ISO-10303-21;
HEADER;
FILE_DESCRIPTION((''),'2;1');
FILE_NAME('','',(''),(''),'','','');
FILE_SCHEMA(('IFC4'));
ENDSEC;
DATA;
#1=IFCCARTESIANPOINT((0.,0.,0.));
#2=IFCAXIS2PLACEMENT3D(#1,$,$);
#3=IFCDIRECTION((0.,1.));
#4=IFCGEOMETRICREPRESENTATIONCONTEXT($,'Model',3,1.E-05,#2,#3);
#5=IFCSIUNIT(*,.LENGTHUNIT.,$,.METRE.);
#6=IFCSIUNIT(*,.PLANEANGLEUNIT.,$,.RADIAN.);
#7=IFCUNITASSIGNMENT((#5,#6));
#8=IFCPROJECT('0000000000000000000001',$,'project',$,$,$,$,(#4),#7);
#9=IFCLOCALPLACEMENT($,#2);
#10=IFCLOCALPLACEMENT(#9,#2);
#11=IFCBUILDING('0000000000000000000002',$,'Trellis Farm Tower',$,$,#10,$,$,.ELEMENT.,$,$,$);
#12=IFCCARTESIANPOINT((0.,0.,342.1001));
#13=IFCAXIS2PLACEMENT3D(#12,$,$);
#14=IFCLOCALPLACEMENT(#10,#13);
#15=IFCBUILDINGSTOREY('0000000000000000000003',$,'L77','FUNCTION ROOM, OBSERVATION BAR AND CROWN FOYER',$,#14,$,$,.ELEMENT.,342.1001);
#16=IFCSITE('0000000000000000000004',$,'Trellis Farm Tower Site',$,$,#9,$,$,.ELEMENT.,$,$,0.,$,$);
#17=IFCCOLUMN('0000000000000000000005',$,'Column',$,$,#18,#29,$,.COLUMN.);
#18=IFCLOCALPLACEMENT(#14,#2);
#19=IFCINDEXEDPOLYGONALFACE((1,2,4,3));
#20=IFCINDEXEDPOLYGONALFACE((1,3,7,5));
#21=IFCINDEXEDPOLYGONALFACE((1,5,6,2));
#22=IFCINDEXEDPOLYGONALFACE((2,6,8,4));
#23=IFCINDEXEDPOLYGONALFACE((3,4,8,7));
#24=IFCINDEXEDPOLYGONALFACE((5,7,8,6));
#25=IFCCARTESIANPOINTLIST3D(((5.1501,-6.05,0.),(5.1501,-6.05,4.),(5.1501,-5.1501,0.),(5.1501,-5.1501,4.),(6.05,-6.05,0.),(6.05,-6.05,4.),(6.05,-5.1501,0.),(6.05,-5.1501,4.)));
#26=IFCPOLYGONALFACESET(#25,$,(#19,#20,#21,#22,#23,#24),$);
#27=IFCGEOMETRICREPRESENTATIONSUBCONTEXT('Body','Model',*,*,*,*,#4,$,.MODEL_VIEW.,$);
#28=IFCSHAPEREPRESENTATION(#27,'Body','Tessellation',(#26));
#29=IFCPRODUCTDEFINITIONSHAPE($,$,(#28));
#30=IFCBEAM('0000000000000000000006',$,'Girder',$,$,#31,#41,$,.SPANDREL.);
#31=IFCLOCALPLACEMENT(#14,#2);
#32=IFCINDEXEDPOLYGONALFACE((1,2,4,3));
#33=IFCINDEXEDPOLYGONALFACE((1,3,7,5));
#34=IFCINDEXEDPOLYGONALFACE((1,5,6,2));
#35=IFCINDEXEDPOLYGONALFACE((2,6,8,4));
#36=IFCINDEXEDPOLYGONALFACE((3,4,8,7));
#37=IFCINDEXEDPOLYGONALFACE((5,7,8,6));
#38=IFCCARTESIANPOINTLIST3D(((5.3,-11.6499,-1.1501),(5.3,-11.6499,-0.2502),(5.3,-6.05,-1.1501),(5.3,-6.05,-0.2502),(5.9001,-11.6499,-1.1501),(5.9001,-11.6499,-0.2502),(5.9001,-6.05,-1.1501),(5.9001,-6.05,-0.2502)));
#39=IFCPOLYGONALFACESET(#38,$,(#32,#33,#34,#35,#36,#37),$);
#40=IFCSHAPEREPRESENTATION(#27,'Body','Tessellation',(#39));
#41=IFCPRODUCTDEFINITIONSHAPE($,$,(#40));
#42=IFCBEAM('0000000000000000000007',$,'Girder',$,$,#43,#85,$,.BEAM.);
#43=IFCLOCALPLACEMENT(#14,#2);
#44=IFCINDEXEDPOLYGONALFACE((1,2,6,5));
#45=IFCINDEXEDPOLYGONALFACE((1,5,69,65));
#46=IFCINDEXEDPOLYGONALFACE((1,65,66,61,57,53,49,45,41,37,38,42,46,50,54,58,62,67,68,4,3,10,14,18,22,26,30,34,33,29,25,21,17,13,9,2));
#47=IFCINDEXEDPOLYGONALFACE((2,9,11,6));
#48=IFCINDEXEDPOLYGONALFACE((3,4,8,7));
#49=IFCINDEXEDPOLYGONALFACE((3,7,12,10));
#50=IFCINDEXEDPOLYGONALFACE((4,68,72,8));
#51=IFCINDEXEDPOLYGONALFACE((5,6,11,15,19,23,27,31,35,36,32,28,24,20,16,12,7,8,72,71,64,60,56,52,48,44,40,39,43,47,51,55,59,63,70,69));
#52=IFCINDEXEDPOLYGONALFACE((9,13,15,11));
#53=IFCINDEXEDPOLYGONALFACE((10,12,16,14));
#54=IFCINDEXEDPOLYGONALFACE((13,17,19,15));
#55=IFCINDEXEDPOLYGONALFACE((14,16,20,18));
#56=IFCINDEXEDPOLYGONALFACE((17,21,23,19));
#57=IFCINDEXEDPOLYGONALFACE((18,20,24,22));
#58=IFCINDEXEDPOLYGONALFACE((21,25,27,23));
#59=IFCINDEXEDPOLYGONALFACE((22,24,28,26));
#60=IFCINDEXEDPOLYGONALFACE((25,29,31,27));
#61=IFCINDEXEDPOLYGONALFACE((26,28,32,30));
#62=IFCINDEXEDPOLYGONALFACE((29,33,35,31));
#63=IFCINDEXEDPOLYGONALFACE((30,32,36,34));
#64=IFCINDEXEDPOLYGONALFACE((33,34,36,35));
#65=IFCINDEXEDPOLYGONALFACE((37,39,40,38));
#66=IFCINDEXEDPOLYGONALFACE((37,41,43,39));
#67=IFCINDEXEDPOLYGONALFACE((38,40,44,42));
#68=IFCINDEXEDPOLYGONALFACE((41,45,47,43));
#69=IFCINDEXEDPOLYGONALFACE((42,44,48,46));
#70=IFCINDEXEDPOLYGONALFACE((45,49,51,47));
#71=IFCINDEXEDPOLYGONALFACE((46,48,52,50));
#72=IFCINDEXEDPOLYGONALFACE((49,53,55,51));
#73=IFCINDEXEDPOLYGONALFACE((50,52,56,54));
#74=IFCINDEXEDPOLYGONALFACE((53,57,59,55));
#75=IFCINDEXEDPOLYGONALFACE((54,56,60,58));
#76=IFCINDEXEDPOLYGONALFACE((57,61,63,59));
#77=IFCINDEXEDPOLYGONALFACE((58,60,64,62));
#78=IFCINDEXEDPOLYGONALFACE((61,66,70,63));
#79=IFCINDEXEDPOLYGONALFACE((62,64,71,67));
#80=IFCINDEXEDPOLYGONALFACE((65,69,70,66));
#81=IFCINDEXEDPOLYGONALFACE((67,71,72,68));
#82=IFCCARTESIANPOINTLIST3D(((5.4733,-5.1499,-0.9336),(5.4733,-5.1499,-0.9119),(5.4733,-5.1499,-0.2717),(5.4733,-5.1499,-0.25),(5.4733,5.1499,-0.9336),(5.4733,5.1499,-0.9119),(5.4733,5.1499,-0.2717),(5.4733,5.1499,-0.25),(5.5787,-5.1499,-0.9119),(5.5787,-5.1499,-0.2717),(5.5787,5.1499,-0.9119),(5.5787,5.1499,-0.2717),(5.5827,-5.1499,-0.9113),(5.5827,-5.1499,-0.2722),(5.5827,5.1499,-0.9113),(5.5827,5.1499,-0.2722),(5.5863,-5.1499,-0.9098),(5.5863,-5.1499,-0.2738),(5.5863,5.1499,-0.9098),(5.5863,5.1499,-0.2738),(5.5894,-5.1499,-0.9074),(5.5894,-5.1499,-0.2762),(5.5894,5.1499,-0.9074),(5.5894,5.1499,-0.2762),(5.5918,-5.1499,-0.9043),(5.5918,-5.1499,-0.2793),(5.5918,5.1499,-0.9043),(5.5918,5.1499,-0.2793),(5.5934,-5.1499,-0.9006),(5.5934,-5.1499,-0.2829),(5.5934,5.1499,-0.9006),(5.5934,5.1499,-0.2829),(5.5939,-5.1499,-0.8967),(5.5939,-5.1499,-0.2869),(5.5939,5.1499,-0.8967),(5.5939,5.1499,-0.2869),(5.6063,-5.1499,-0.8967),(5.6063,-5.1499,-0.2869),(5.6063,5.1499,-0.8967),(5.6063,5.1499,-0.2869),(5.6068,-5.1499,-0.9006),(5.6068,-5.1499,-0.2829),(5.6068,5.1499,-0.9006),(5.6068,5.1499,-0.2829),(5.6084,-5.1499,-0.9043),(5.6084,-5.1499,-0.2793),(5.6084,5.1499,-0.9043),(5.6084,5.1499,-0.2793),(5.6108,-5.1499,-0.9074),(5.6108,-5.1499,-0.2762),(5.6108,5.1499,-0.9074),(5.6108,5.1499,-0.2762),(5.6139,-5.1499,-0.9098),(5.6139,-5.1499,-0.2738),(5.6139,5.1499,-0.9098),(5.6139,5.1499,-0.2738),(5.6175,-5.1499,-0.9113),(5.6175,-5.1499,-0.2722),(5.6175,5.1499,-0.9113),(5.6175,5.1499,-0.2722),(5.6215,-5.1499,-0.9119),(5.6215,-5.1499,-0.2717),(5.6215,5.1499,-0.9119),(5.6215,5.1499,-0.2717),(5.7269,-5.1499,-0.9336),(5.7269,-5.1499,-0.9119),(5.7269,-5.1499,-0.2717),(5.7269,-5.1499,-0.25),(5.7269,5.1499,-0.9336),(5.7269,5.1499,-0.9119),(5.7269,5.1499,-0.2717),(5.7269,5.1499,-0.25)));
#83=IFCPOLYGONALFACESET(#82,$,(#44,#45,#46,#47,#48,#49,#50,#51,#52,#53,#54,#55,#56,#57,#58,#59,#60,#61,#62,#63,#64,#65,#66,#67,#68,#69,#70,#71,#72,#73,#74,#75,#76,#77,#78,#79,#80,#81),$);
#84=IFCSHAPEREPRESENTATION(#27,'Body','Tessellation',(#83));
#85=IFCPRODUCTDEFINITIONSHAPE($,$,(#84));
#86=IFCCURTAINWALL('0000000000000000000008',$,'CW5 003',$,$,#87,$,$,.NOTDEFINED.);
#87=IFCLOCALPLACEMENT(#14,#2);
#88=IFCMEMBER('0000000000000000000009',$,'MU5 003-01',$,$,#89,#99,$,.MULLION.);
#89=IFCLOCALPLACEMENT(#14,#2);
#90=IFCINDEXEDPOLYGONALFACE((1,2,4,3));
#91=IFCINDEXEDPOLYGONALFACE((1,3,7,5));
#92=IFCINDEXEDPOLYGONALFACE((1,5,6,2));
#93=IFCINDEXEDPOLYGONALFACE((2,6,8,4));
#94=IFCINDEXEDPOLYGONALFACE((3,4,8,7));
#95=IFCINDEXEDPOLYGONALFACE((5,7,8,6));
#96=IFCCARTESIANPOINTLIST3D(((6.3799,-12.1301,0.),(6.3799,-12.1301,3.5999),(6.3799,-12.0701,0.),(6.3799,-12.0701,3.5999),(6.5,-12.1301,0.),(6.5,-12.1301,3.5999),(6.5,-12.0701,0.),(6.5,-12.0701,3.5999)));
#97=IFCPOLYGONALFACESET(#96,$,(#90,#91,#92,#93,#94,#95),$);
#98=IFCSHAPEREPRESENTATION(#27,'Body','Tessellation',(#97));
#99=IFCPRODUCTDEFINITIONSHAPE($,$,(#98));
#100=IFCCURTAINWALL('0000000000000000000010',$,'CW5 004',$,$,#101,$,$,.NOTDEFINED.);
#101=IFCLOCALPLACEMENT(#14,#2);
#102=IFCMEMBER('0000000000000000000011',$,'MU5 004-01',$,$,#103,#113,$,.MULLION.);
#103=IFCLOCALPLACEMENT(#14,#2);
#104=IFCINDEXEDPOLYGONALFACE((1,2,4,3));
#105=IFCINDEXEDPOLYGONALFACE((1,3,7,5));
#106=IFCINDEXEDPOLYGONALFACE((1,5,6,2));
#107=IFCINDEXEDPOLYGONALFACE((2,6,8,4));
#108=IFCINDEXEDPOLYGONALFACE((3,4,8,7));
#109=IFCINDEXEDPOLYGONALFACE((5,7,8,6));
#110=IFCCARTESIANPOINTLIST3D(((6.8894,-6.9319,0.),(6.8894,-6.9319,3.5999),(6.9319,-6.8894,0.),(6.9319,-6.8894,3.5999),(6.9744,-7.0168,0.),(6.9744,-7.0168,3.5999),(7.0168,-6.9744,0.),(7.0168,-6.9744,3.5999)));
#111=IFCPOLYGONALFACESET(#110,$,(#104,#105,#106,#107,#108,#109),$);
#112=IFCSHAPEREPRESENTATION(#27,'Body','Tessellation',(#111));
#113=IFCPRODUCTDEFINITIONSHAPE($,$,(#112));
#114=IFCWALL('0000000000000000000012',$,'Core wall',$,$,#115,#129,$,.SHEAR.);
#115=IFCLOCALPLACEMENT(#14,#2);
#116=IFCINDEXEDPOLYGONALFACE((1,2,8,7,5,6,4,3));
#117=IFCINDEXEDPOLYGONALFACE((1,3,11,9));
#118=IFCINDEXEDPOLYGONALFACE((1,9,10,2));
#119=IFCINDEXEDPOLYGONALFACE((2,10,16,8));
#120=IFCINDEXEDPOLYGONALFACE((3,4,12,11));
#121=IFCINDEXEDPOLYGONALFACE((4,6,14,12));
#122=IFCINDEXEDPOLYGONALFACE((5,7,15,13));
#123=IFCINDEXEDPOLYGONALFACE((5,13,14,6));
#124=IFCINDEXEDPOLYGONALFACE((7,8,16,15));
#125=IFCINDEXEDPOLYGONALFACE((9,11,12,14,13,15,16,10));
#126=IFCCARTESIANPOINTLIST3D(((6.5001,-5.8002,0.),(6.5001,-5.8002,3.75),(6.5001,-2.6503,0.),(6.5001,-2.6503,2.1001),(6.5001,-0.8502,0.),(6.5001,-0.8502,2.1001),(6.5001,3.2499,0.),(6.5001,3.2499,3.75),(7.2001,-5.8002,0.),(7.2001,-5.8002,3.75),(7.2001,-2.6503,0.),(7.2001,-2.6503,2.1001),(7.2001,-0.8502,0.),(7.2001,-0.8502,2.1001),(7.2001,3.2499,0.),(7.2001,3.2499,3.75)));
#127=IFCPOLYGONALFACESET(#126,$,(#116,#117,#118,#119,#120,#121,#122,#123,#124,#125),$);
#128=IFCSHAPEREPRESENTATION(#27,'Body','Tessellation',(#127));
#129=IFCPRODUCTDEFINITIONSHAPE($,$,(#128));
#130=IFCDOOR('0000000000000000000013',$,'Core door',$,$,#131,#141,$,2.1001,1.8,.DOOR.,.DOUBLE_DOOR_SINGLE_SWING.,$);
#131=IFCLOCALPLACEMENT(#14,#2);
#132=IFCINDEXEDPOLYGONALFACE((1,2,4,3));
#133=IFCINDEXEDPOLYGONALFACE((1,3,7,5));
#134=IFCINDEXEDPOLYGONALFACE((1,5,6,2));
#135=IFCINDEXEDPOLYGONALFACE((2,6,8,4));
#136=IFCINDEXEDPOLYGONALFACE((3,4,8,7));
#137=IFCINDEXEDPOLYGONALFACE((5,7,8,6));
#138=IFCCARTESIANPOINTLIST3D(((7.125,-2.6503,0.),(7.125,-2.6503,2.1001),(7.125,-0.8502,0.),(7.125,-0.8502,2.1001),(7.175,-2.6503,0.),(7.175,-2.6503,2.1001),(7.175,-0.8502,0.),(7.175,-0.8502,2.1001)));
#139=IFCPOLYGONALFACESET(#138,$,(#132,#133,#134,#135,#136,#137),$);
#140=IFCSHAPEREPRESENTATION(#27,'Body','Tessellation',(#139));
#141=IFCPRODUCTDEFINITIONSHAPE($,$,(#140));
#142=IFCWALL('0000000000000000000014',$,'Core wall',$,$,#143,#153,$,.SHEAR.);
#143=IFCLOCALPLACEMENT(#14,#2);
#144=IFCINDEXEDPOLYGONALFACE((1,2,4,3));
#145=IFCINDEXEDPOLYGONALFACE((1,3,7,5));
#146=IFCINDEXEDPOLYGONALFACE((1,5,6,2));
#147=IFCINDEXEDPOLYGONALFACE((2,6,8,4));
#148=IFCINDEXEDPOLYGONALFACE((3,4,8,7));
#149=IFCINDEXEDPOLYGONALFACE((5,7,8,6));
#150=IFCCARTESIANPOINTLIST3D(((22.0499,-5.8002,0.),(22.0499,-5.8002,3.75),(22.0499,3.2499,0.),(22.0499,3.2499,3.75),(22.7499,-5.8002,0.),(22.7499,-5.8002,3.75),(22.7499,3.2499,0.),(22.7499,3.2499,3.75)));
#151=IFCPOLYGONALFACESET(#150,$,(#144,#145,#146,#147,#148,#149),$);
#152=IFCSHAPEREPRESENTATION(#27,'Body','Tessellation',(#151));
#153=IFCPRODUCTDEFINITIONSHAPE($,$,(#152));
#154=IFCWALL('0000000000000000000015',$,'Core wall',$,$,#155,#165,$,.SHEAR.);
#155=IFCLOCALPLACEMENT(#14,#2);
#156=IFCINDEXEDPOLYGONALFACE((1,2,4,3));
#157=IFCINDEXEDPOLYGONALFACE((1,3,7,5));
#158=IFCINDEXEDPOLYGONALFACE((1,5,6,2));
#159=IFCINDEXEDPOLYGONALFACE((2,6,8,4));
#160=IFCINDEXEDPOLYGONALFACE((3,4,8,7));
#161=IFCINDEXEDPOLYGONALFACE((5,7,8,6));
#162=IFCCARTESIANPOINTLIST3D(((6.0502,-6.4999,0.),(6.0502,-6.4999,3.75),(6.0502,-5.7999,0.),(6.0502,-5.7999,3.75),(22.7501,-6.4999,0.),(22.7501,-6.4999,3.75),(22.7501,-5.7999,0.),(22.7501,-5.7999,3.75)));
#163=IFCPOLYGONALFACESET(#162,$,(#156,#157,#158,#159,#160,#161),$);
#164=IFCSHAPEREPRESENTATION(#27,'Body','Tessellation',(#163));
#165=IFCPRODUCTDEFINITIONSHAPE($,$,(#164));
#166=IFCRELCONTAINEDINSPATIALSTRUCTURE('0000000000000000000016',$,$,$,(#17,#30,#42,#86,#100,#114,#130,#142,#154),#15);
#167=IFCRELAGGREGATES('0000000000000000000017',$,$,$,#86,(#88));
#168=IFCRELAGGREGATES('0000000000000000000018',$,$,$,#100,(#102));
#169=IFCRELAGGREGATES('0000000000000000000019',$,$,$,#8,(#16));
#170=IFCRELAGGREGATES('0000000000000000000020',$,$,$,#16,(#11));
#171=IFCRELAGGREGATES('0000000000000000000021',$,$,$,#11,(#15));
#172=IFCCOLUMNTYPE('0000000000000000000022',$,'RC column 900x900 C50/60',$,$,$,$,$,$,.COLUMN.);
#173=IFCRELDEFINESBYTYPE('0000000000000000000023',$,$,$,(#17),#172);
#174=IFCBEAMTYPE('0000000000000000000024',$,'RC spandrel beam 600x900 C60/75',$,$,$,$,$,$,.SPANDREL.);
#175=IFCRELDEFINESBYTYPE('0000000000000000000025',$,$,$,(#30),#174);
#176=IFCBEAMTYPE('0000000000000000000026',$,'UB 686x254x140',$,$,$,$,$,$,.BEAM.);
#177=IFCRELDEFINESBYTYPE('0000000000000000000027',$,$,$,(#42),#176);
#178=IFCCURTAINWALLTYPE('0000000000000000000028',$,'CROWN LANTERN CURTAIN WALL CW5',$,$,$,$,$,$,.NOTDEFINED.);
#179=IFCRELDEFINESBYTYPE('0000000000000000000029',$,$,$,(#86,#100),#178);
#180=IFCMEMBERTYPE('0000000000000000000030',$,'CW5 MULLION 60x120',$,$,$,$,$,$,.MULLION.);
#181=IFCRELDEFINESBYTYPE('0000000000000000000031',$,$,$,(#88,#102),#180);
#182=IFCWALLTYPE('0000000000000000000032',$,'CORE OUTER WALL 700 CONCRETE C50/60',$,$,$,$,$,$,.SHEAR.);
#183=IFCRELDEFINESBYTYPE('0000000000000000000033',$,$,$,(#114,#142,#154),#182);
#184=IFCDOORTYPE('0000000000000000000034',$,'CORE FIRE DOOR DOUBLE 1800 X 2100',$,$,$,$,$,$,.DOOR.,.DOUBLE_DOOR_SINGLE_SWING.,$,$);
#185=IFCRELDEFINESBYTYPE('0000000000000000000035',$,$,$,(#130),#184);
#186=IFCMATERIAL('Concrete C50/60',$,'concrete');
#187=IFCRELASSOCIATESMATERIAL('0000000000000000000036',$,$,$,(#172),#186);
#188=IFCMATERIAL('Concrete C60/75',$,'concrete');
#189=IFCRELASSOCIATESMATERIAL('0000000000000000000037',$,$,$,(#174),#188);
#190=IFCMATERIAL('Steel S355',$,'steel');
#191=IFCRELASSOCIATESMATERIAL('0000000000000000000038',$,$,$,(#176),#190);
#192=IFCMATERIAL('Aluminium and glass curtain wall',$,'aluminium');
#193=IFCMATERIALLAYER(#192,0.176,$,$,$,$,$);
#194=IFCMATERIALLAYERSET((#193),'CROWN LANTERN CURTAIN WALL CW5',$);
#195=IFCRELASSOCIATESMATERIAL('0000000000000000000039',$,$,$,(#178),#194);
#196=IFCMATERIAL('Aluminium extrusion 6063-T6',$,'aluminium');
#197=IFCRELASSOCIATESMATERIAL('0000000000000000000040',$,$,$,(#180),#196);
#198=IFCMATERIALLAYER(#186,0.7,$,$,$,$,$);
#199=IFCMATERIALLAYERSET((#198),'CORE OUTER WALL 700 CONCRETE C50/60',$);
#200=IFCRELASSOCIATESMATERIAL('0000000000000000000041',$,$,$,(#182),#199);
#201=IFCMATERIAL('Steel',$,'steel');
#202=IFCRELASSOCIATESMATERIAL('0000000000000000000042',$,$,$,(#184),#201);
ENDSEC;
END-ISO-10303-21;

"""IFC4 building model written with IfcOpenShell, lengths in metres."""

from ifc_helpers import new_model, si_unit, direction, frame, frame_2d, origin, origin_2d, place, context, subcontext, project, spatial, rectangle, i_section, extrude, source, transform, mapped, material, layer, layer_set, material_profile, profile_set, type_object, element, fill, aggregate, save


model = new_model("IFC4")

# Units and contexts
model_context = context("Model", 3, precision=1e-05, world=origin(), true_north=direction((0.0, 1.0)))
body_context = subcontext(model_context, "Body", "Model", "MODEL_VIEW")
ifc_project = project(units=[si_unit("LENGTHUNIT", "METRE"), si_unit("PLANEANGLEUNIT", "RADIAN")], contexts=[model_context])

# Site, building, storey
site_placement = place(None, origin())
site = spatial("IfcSite", under=ifc_project, at=site_placement, Name="Trellis Farm Tower Site", CompositionType="ELEMENT", RefElevation=0.0)
building_placement = place(site_placement, origin())
building = spatial("IfcBuilding", under=site, at=building_placement, Name="Trellis Farm Tower", CompositionType="ELEMENT")
storey_placement = place(building_placement, frame((0.0, 0.0, 342.1001)))
storey = spatial("IfcBuildingStorey", under=building, at=storey_placement, Name="L77", Description="FUNCTION ROOM, OBSERVATION BAR AND CROWN FOYER", CompositionType="ELEMENT", Elevation=342.1001)

# Column
ifc_material_1 = material(Name="Concrete C50/60", Category="concrete")
ifc_material_profile_1 = material_profile(ifc_material_1, rectangle(XDim=0.8999, YDim=0.8999, at=origin_2d()), Name="RC column 900x900 C50/60")
ifc_profile_set_1 = profile_set([ifc_material_profile_1], Name="Concrete C50/60")
column_type = type_object("IfcColumnType", Name="RC column 900x900 C50/60", PredefinedType="COLUMN", material=ifc_profile_set_1)
shared_shape_1 = source(origin(), body_context, "Body", "SweptSolid", [
    extrude(rectangle(XDim=0.8999, YDim=0.8999, at=origin_2d()), origin(), (0.0, 0.0, 1.0), 4.0),
])
column_placement = place(storey_placement, frame((5.6001, -5.6001, 0.0), z_axis=(0.0, 0.0, 1.0), x_axis=(1.0, 0.0, 0.0)))
element("IfcColumn", 1, at=column_placement, inside=storey, type_object=column_type, Name="Column", PredefinedType="COLUMN", context=body_context, shape_type="MappedRepresentation", body=[
    mapped(shared_shape_1, transform((0.0, 0.0, 0.0))),
])

# Beams
ifc_material_2 = material(Name="Concrete C60/75", Category="concrete")
ifc_material_profile_2 = material_profile(ifc_material_2, rectangle(XDim=0.6001, YDim=0.8999, at=origin_2d()), Name="RC spandrel beam 600x900 C60/75")
ifc_profile_set_2 = profile_set([ifc_material_profile_2], Name="Concrete C60/75")
beam_type_1 = type_object("IfcBeamType", Name="RC spandrel beam 600x900 C60/75", PredefinedType="SPANDREL", material=ifc_profile_set_2)
shared_shape_2 = source(origin(), body_context, "Body", "SweptSolid", [
    extrude(rectangle(XDim=0.6001, YDim=0.8999, at=origin_2d()), origin(), (0.0, 0.0, 1.0), 5.5999),
])
beam_1_placement = place(storey_placement, frame((5.6001, -11.6499, -0.7002), z_axis=(0.0, 1.0, 0.0), x_axis=(-1.0, 0.0, 0.0)))
element("IfcBeam", 2, at=beam_1_placement, inside=storey, type_object=beam_type_1, Name="Girder", PredefinedType="SPANDREL", context=body_context, shape_type="MappedRepresentation", body=[
    mapped(shared_shape_2, transform((0.0, 0.0, 0.0))),
])
ifc_material_3 = material(Name="Steel S355", Category="steel")
ifc_material_profile_3 = material_profile(ifc_material_3, i_section(OverallWidth=0.2537, OverallDepth=0.6836, WebThickness=0.0125, FlangeThickness=0.0217, FilletRadius=0.0151, at=origin_2d()), Name="UB 686x254x140")
ifc_profile_set_3 = profile_set([ifc_material_profile_3], Name="Steel S355")
beam_type_2 = type_object("IfcBeamType", Name="UB 686x254x140", PredefinedType="BEAM", material=ifc_profile_set_3)
shared_shape_3 = source(origin(), body_context, "Body", "SweptSolid", [
    extrude(i_section(OverallWidth=0.2537, OverallDepth=0.6836, WebThickness=0.0125, FlangeThickness=0.0217, FilletRadius=0.0151, at=origin_2d()), origin(), (0.0, 0.0, 1.0), 10.2998),
])
beam_2_placement = place(storey_placement, frame((5.6001, -5.1499, -0.5918), z_axis=(0.0, 1.0, 0.0), x_axis=(-1.0, 0.0, 0.0)))
element("IfcBeam", 3, at=beam_2_placement, inside=storey, type_object=beam_type_2, Name="Girder", PredefinedType="BEAM", context=body_context, shape_type="MappedRepresentation", body=[
    mapped(shared_shape_3, transform((0.0, 0.0, 0.0))),
])

# Curtain walls, members
ifc_material_4 = material(Name="Aluminium and glass curtain wall", Category="aluminium")
ifc_layer_1 = layer(ifc_material_4, 0.176)
ifc_layer_set_1 = layer_set([ifc_layer_1], Name="CROWN LANTERN CURTAIN WALL CW5")
curtain_wall_type = type_object("IfcCurtainWallType", Name="CROWN LANTERN CURTAIN WALL CW5", PredefinedType="NOTDEFINED", material=ifc_layer_set_1)
placement = place(storey_placement, origin())
curtain_wall_1 = element("IfcCurtainWall", 4, at=placement, inside=storey, type_object=curtain_wall_type, Name="CW5 003", PredefinedType="NOTDEFINED")
ifc_material_5 = material(Name="Aluminium extrusion 6063-T6", Category="aluminium")
ifc_material_profile_4 = material_profile(ifc_material_5, rectangle(XDim=0.0601, YDim=0.1201, at=origin_2d()), Name="MULLION 60x120")
ifc_profile_set_4 = profile_set([ifc_material_profile_4], Name="Aluminium extrusion 6063-T6")
member_type = type_object("IfcMemberType", Name="CW5 MULLION 60x120", PredefinedType="MULLION", material=ifc_profile_set_4)
shared_shape_4 = source(origin(), body_context, "Body", "SweptSolid", [
    extrude(rectangle(XDim=0.0601, YDim=0.1201, at=origin_2d()), origin(), (0.0, 0.0, 1.0), 3.5999),
])
member_1_placement = place(storey_placement, frame((6.4399, -12.1001, 0.0), z_axis=(0.0, 0.0, 1.0), x_axis=(0.0, 1.0, 0.0)))
member_1 = element("IfcMember", 5, at=member_1_placement, type_object=member_type, Name="MU5 003-01", PredefinedType="MULLION", context=body_context, shape_type="MappedRepresentation", body=[
    mapped(shared_shape_4, transform((0.0, 0.0, 0.0))),
])
aggregate(curtain_wall_1, [member_1])
curtain_wall_2 = element("IfcCurtainWall", 6, at=placement, inside=storey, type_object=curtain_wall_type, Name="CW5 004", PredefinedType="NOTDEFINED")
member_2_placement = place(storey_placement, frame((6.9531, -6.9531, 0.0), z_axis=(0.0, 0.0, 1.0), x_axis=(0.707107, 0.707107, 0.0)))
member_2 = element("IfcMember", 7, at=member_2_placement, type_object=member_type, Name="MU5 004-01", PredefinedType="MULLION", context=body_context, shape_type="MappedRepresentation", body=[
    mapped(shared_shape_4, transform((0.0, 0.0, 0.0))),
])
aggregate(curtain_wall_2, [member_2])

# Wall, opening, door
ifc_layer_2 = layer(ifc_material_1, 0.7)
ifc_layer_set_2 = layer_set([ifc_layer_2], Name="CORE OUTER WALL 700 CONCRETE C50/60")
wall_type_1 = type_object("IfcWallType", Name="CORE OUTER WALL 700 CONCRETE C50/60", PredefinedType="SHEAR", material=ifc_layer_set_2)
shared_shape_5 = source(origin(), body_context, "Body", "SweptSolid", [
    extrude(rectangle(XDim=9.05, YDim=0.7, at=frame_2d((4.5249, 0.0))), origin(), (0.0, 0.0, 1.0), 3.75),
])
wall_1_placement = place(storey_placement, frame((6.8501, -5.8, 0.0), z_axis=(0.0, 0.0, 1.0), x_axis=(0.0, 1.0, 0.0)))
wall_1 = element("IfcWall", 8, at=wall_1_placement, inside=storey, type_object=wall_type_1, Name="Core wall", PredefinedType="SHEAR", context=body_context, shape_type="MappedRepresentation", body=[
    mapped(shared_shape_5, transform((0.0, 0.0, 0.0))),
])
shared_shape_6 = source(origin(), body_context, "Body", "SweptSolid", [
    extrude(rectangle(XDim=1.8, YDim=2.1001, at=frame_2d((0.8999, 1.05))), frame((0.0, 0.3601, 0.0), z_axis=(0.0, -1.0, 0.0), x_axis=(1.0, 0.0, 0.0)), (0.0, 0.0, 1.0), 0.7202),
])
opening_1_placement = place(wall_1_placement, frame((3.1499, 0.0, 0.0)))
opening_1 = element("IfcOpeningElement", 9, at=opening_1_placement, cuts=wall_1, PredefinedType="OPENING", context=body_context, shape_type="MappedRepresentation", body=[
    mapped(shared_shape_6, transform((0.0, 0.0, 0.0))),
])
ifc_material_6 = material(Name="Steel", Category="steel")
door_type_1 = type_object("IfcDoorType", Name="CORE FIRE DOOR DOUBLE 1800 X 2100", OperationType="DOUBLE_DOOR_SINGLE_SWING", PredefinedType="DOOR", material=ifc_material_6)
shared_shape_7 = source(origin(), body_context, "Body", "SweptSolid", [
    extrude(rectangle(XDim=1.8, YDim=2.1001, at=frame_2d((0.8999, 1.05))), frame((0.0, -0.2749, 0.0), z_axis=(0.0, -1.0, 0.0), x_axis=(1.0, 0.0, 0.0)), (0.0, 0.0, 1.0), 0.05),
])
door_1_placement = place(opening_1_placement, origin())
door_1 = element("IfcDoor", 10, at=door_1_placement, inside=storey, type_object=door_type_1, Name="Core door", OperationType="DOUBLE_DOOR_SINGLE_SWING", OverallHeight=2.1001, OverallWidth=1.8, PredefinedType="DOOR", context=body_context, shape_type="MappedRepresentation", body=[
    mapped(shared_shape_7, transform((0.0, 0.0, 0.0))),
])
fill(opening_1, door_1)

# Walls
wall_2_placement = place(storey_placement, frame((22.3999, -5.8, 0.0), z_axis=(0.0, 0.0, 1.0), x_axis=(0.0, 1.0, 0.0)))
element("IfcWall", 11, at=wall_2_placement, inside=storey, type_object=wall_type_1, Name="Core wall", PredefinedType="SHEAR", context=body_context, shape_type="MappedRepresentation", body=[
    mapped(shared_shape_5, transform((0.0, 0.0, 0.0))),
])
shared_shape_8 = source(origin(), body_context, "Body", "SweptSolid", [
    extrude(rectangle(XDim=16.7, YDim=0.7, at=frame_2d((8.3501, 0.0))), origin(), (0.0, 0.0, 1.0), 3.75),
])
wall_3_placement = place(storey_placement, frame((6.05, -6.1499, 0.0), z_axis=(0.0, 0.0, 1.0), x_axis=(1.0, 0.0, 0.0)))
element("IfcWall", 12, at=wall_3_placement, inside=storey, type_object=wall_type_1, Name="Core wall", PredefinedType="SHEAR", context=body_context, shape_type="MappedRepresentation", body=[
    mapped(shared_shape_8, transform((0.0, 0.0, 0.0))),
])

save(model, "model.ifc")
